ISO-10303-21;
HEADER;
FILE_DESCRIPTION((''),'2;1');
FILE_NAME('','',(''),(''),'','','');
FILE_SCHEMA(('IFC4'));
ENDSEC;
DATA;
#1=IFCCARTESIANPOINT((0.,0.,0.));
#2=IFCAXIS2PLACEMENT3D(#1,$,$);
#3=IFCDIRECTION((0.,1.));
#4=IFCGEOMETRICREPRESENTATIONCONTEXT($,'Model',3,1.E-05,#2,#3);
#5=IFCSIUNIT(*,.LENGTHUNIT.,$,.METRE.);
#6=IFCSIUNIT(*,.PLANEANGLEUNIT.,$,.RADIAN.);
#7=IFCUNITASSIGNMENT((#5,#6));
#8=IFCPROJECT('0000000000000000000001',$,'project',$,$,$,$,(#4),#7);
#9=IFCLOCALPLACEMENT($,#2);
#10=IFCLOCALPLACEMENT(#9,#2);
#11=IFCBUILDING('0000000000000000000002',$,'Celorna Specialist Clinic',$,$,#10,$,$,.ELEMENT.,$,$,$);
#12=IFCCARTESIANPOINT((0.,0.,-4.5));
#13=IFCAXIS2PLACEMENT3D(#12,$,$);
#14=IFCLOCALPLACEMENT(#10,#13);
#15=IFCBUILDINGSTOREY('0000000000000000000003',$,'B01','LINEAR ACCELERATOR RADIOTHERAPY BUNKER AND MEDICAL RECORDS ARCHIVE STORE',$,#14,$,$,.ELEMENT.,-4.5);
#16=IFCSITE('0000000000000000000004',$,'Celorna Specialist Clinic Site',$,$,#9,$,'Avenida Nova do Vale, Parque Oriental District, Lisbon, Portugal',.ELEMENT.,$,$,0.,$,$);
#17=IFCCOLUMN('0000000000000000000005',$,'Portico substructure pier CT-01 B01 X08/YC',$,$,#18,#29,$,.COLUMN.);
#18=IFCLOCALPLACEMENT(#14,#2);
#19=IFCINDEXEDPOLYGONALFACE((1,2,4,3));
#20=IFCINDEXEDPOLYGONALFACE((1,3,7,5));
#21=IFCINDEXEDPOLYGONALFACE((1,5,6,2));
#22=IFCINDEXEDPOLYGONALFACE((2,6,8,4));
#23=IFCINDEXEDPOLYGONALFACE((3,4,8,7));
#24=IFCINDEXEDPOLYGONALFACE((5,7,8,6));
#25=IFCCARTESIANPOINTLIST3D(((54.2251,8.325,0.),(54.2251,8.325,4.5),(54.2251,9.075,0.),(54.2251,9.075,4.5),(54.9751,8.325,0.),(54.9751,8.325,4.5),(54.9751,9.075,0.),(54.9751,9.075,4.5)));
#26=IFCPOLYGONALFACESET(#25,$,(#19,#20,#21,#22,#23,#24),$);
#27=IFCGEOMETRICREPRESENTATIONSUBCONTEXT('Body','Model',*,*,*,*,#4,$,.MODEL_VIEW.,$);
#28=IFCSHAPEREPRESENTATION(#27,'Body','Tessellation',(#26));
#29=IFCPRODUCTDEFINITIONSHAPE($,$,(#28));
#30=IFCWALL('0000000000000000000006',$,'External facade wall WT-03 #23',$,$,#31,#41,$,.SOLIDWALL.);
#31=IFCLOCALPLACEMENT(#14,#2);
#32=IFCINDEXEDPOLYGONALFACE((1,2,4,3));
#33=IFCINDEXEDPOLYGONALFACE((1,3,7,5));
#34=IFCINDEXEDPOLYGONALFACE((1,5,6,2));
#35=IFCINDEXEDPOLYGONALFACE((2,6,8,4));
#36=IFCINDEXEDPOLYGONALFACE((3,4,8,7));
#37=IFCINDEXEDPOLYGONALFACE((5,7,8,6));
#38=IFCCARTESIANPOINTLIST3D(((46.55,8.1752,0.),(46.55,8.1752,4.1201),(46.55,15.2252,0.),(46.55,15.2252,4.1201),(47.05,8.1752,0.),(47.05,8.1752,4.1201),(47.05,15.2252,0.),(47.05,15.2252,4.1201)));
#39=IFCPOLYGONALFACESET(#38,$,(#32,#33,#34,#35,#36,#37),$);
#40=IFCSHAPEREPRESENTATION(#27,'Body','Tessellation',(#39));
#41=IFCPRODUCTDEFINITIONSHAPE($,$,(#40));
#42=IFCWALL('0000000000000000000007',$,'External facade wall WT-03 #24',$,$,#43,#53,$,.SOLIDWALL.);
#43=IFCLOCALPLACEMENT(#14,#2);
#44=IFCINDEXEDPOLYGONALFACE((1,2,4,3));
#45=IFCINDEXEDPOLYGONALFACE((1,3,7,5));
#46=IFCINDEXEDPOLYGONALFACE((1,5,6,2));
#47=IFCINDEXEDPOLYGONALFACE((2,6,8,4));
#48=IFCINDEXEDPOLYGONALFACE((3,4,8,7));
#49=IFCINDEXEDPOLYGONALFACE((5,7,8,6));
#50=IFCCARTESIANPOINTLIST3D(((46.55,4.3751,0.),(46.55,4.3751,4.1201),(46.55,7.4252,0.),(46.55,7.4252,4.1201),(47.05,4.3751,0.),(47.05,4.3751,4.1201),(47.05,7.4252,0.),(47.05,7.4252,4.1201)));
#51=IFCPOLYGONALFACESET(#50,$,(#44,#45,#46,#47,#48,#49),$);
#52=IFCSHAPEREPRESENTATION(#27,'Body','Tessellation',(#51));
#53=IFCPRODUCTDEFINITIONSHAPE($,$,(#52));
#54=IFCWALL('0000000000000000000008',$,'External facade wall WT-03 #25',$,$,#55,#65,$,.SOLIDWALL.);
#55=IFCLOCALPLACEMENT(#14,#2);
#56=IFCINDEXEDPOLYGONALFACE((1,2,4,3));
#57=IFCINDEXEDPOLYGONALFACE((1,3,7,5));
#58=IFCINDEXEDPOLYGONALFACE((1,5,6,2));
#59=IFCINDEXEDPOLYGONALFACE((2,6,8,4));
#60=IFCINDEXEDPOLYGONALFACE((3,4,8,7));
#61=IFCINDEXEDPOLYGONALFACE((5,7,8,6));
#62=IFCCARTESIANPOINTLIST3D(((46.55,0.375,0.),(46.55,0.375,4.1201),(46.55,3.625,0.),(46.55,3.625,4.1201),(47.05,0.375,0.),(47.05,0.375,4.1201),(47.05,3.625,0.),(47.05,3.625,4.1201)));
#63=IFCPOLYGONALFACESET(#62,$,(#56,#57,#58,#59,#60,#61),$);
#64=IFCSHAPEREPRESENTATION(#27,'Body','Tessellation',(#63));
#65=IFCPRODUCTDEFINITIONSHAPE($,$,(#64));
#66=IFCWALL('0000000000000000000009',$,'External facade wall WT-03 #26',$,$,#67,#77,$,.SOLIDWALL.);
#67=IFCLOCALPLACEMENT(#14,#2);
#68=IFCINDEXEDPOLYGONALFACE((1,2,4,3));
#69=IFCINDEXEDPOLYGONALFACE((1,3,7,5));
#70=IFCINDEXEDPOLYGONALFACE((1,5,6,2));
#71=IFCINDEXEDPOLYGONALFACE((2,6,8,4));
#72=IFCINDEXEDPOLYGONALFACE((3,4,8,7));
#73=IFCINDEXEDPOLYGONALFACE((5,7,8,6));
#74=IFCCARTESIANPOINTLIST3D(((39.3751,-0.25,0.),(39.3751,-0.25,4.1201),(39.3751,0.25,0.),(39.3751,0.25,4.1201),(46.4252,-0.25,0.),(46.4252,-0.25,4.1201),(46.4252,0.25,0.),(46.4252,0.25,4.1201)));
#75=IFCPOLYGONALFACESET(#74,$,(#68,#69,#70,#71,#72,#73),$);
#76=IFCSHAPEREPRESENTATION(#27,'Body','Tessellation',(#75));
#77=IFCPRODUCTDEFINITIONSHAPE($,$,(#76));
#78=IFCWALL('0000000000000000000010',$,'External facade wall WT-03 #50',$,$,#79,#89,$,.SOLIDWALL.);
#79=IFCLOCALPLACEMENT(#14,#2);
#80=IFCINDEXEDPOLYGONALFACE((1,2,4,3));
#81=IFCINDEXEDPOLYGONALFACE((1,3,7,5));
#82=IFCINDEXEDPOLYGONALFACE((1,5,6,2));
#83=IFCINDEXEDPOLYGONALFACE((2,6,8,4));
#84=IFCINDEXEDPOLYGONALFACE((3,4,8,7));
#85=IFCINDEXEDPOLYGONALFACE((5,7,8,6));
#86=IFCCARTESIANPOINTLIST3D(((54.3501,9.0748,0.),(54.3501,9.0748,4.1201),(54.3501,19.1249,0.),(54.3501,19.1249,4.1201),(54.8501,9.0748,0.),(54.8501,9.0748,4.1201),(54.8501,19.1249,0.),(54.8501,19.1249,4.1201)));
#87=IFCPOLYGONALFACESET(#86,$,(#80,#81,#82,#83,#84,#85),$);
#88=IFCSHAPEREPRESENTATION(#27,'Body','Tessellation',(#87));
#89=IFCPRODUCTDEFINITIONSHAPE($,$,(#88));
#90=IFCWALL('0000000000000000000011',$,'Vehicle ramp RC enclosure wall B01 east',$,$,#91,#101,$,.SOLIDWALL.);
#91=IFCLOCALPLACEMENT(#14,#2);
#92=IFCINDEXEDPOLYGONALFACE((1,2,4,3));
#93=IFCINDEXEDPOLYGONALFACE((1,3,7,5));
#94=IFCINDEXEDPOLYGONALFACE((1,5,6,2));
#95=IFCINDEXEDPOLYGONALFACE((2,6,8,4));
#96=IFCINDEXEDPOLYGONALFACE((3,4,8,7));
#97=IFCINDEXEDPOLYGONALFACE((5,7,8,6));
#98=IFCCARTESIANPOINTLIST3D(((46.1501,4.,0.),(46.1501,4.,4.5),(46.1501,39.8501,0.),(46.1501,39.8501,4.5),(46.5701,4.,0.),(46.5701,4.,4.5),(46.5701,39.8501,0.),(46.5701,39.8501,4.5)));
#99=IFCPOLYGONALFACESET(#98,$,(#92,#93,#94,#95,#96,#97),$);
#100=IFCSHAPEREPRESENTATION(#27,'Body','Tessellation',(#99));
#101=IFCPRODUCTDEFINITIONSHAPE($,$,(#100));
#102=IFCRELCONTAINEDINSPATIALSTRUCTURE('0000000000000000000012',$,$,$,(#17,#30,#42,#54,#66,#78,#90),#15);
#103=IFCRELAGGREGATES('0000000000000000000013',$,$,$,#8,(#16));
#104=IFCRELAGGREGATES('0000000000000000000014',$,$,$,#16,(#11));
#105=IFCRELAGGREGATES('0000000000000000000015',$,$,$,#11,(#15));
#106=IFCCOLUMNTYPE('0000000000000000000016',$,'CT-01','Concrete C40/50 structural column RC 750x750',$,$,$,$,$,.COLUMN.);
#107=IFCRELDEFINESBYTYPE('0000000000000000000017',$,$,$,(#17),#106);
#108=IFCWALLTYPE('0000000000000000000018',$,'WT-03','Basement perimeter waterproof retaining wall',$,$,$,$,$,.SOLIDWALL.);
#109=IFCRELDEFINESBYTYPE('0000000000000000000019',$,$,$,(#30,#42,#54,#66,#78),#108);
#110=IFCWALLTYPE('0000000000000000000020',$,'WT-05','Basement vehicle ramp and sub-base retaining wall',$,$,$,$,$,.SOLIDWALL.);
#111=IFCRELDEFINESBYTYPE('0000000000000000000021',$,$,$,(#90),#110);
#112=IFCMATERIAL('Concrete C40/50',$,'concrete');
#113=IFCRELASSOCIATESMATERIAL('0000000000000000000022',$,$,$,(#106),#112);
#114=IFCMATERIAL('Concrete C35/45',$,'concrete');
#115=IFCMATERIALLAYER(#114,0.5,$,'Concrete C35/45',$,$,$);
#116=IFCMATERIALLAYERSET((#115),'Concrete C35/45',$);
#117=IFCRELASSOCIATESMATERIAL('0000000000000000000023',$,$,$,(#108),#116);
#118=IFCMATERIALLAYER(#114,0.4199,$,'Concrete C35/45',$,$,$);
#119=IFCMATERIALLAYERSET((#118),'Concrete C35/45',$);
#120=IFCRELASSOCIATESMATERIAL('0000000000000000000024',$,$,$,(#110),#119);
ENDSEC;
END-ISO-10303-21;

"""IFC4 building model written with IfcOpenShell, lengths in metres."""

from ifc_helpers import new_model, si_unit, direction, frame, frame_2d, origin, origin_2d, place, context, subcontext, project, spatial, rectangle, extrude, material, layer, layer_set, material_profile, profile_set, type_object, element, save


model = new_model("IFC4")

# Units and contexts
model_context = context("Model", 3, precision=1e-05, world=origin(), true_north=direction((0.0, 1.0)))
body_context = subcontext(model_context, "Body", "Model", "MODEL_VIEW")
ifc_project = project(units=[si_unit("LENGTHUNIT", "METRE"), si_unit("PLANEANGLEUNIT", "RADIAN")], contexts=[model_context])

# Site, building, storey
site_placement = place(None, origin())
site = spatial("IfcSite", under=ifc_project, at=site_placement, Name="Celorna Specialist Clinic Site", LongName="Avenida Nova do Vale, Parque Oriental District, Lisbon, Portugal", CompositionType="ELEMENT", RefElevation=0.0)
building_placement = place(site_placement, origin())
building = spatial("IfcBuilding", under=site, at=building_placement, Name="Celorna Specialist Clinic", CompositionType="ELEMENT")
storey_placement = place(building_placement, frame((0.0, 0.0, -4.5)))
storey = spatial("IfcBuildingStorey", under=building, at=storey_placement, Name="B01", Description="LINEAR ACCELERATOR RADIOTHERAPY BUNKER AND MEDICAL RECORDS ARCHIVE STORE", CompositionType="ELEMENT", Elevation=-4.5)

# Shared definitions
ifc_material_1 = material(Name="Concrete C35/45", Category="concrete")

# Column
ifc_material_2 = material(Name="Concrete C40/50", Category="concrete")
ifc_material_profile_1 = material_profile(ifc_material_2, rectangle(XDim=0.75, YDim=0.75, at=origin_2d()), Name="RC 750x750")
ifc_profile_set_1 = profile_set([ifc_material_profile_1], Name="Concrete C40/50")
column_type = type_object("IfcColumnType", Name="CT-01", Description="Concrete C40/50 structural column RC 750x750", PredefinedType="COLUMN", material=ifc_profile_set_1)
for number, where, z_axis, x_axis, name in (
    (1, (54.6001, 8.7, 0.0), (0.0, 0.0, 1.0), (1.0, 0.0, 0.0), "Portico substructure pier CT-01 B01 X08/YC"),
):
    element("IfcColumn", number, at=place(storey_placement, frame(where, z_axis=z_axis, x_axis=x_axis)), inside=storey, type_object=column_type, Name=name, PredefinedType="COLUMN", context=body_context, shape_type="SweptSolid", body=[
        extrude(rectangle(XDim=0.75, YDim=0.75, at=origin_2d()), origin(), (0.0, 0.0, 1.0), 4.5),
    ])

# Walls
ifc_layer_1 = layer(ifc_material_1, 0.5, Name="Concrete C35/45")
ifc_layer_set_1 = layer_set([ifc_layer_1], Name="Concrete C35/45")
wall_type_1 = type_object("IfcWallType", Name="WT-03", Description="Basement perimeter waterproof retaining wall", PredefinedType="SOLIDWALL", material=ifc_layer_set_1)
wall_1_placement = place(storey_placement, frame((46.8, 15.2251, 0.0), z_axis=(0.0, 0.0, 1.0), x_axis=(0.0, -1.0, 0.0)))
element("IfcWall", 2, at=wall_1_placement, inside=storey, type_object=wall_type_1, Name="External facade wall WT-03 #23", PredefinedType="SOLIDWALL", context=body_context, shape_type="SweptSolid", body=[
    extrude(rectangle(XDim=7.05, YDim=0.5, at=frame_2d((3.5249, 0.0))), origin(), (0.0, 0.0, 1.0), 4.1201),
])
wall_2_placement = place(storey_placement, frame((46.8, 7.425, 0.0), z_axis=(0.0, 0.0, 1.0), x_axis=(0.0, -1.0, 0.0)))
element("IfcWall", 3, at=wall_2_placement, inside=storey, type_object=wall_type_1, Name="External facade wall WT-03 #24", PredefinedType="SOLIDWALL", context=body_context, shape_type="SweptSolid", body=[
    extrude(rectangle(XDim=3.05, YDim=0.5, at=frame_2d((1.5249, 0.0))), origin(), (0.0, 0.0, 1.0), 4.1201),
])
wall_3_placement = place(storey_placement, frame((46.8, 3.625, 0.0), z_axis=(0.0, 0.0, 1.0), x_axis=(0.0, -1.0, 0.0)))
element("IfcWall", 4, at=wall_3_placement, inside=storey, type_object=wall_type_1, Name="External facade wall WT-03 #25", PredefinedType="SOLIDWALL", context=body_context, shape_type="SweptSolid", body=[
    extrude(rectangle(XDim=3.25, YDim=0.5, at=frame_2d((1.625, 0.0))), origin(), (0.0, 0.0, 1.0), 4.1201),
])
wall_4_placement = place(storey_placement, frame((46.425, 0.0, 0.0), z_axis=(0.0, 0.0, 1.0), x_axis=(-1.0, 0.0, 0.0)))
element("IfcWall", 5, at=wall_4_placement, inside=storey, type_object=wall_type_1, Name="External facade wall WT-03 #26", PredefinedType="SOLIDWALL", context=body_context, shape_type="SweptSolid", body=[
    extrude(rectangle(XDim=7.05, YDim=0.5, at=frame_2d((3.5249, 0.0))), origin(), (0.0, 0.0, 1.0), 4.1201),
])
wall_5_placement = place(storey_placement, frame((54.6001, 9.075, 0.0), z_axis=(0.0, 0.0, 1.0), x_axis=(0.0, 1.0, 0.0)))
element("IfcWall", 6, at=wall_5_placement, inside=storey, type_object=wall_type_1, Name="External facade wall WT-03 #50", PredefinedType="SOLIDWALL", context=body_context, shape_type="SweptSolid", body=[
    extrude(rectangle(XDim=10.05, YDim=0.5, at=frame_2d((5.0249, 0.0))), origin(), (0.0, 0.0, 1.0), 4.1201),
])
ifc_layer_2 = layer(ifc_material_1, 0.4199, Name="Concrete C35/45")
ifc_layer_set_2 = layer_set([ifc_layer_2], Name="Concrete C35/45")
wall_type_2 = type_object("IfcWallType", Name="WT-05", Description="Basement vehicle ramp and sub-base retaining wall", PredefinedType="SOLIDWALL", material=ifc_layer_set_2)
wall_6_placement = place(storey_placement, frame((46.3601, 4.0, 0.0), z_axis=(0.0, 0.0, 1.0), x_axis=(0.0, 1.0, 0.0)))
element("IfcWall", 7, at=wall_6_placement, inside=storey, type_object=wall_type_2, Name="Vehicle ramp RC enclosure wall B01 east", PredefinedType="SOLIDWALL", context=body_context, shape_type="SweptSolid", body=[
    extrude(rectangle(XDim=35.8501, YDim=0.4199, at=frame_2d((17.925, 0.0))), origin(), (0.0, 0.0, 1.0), 4.5),
])

save(model, "model.ifc")
